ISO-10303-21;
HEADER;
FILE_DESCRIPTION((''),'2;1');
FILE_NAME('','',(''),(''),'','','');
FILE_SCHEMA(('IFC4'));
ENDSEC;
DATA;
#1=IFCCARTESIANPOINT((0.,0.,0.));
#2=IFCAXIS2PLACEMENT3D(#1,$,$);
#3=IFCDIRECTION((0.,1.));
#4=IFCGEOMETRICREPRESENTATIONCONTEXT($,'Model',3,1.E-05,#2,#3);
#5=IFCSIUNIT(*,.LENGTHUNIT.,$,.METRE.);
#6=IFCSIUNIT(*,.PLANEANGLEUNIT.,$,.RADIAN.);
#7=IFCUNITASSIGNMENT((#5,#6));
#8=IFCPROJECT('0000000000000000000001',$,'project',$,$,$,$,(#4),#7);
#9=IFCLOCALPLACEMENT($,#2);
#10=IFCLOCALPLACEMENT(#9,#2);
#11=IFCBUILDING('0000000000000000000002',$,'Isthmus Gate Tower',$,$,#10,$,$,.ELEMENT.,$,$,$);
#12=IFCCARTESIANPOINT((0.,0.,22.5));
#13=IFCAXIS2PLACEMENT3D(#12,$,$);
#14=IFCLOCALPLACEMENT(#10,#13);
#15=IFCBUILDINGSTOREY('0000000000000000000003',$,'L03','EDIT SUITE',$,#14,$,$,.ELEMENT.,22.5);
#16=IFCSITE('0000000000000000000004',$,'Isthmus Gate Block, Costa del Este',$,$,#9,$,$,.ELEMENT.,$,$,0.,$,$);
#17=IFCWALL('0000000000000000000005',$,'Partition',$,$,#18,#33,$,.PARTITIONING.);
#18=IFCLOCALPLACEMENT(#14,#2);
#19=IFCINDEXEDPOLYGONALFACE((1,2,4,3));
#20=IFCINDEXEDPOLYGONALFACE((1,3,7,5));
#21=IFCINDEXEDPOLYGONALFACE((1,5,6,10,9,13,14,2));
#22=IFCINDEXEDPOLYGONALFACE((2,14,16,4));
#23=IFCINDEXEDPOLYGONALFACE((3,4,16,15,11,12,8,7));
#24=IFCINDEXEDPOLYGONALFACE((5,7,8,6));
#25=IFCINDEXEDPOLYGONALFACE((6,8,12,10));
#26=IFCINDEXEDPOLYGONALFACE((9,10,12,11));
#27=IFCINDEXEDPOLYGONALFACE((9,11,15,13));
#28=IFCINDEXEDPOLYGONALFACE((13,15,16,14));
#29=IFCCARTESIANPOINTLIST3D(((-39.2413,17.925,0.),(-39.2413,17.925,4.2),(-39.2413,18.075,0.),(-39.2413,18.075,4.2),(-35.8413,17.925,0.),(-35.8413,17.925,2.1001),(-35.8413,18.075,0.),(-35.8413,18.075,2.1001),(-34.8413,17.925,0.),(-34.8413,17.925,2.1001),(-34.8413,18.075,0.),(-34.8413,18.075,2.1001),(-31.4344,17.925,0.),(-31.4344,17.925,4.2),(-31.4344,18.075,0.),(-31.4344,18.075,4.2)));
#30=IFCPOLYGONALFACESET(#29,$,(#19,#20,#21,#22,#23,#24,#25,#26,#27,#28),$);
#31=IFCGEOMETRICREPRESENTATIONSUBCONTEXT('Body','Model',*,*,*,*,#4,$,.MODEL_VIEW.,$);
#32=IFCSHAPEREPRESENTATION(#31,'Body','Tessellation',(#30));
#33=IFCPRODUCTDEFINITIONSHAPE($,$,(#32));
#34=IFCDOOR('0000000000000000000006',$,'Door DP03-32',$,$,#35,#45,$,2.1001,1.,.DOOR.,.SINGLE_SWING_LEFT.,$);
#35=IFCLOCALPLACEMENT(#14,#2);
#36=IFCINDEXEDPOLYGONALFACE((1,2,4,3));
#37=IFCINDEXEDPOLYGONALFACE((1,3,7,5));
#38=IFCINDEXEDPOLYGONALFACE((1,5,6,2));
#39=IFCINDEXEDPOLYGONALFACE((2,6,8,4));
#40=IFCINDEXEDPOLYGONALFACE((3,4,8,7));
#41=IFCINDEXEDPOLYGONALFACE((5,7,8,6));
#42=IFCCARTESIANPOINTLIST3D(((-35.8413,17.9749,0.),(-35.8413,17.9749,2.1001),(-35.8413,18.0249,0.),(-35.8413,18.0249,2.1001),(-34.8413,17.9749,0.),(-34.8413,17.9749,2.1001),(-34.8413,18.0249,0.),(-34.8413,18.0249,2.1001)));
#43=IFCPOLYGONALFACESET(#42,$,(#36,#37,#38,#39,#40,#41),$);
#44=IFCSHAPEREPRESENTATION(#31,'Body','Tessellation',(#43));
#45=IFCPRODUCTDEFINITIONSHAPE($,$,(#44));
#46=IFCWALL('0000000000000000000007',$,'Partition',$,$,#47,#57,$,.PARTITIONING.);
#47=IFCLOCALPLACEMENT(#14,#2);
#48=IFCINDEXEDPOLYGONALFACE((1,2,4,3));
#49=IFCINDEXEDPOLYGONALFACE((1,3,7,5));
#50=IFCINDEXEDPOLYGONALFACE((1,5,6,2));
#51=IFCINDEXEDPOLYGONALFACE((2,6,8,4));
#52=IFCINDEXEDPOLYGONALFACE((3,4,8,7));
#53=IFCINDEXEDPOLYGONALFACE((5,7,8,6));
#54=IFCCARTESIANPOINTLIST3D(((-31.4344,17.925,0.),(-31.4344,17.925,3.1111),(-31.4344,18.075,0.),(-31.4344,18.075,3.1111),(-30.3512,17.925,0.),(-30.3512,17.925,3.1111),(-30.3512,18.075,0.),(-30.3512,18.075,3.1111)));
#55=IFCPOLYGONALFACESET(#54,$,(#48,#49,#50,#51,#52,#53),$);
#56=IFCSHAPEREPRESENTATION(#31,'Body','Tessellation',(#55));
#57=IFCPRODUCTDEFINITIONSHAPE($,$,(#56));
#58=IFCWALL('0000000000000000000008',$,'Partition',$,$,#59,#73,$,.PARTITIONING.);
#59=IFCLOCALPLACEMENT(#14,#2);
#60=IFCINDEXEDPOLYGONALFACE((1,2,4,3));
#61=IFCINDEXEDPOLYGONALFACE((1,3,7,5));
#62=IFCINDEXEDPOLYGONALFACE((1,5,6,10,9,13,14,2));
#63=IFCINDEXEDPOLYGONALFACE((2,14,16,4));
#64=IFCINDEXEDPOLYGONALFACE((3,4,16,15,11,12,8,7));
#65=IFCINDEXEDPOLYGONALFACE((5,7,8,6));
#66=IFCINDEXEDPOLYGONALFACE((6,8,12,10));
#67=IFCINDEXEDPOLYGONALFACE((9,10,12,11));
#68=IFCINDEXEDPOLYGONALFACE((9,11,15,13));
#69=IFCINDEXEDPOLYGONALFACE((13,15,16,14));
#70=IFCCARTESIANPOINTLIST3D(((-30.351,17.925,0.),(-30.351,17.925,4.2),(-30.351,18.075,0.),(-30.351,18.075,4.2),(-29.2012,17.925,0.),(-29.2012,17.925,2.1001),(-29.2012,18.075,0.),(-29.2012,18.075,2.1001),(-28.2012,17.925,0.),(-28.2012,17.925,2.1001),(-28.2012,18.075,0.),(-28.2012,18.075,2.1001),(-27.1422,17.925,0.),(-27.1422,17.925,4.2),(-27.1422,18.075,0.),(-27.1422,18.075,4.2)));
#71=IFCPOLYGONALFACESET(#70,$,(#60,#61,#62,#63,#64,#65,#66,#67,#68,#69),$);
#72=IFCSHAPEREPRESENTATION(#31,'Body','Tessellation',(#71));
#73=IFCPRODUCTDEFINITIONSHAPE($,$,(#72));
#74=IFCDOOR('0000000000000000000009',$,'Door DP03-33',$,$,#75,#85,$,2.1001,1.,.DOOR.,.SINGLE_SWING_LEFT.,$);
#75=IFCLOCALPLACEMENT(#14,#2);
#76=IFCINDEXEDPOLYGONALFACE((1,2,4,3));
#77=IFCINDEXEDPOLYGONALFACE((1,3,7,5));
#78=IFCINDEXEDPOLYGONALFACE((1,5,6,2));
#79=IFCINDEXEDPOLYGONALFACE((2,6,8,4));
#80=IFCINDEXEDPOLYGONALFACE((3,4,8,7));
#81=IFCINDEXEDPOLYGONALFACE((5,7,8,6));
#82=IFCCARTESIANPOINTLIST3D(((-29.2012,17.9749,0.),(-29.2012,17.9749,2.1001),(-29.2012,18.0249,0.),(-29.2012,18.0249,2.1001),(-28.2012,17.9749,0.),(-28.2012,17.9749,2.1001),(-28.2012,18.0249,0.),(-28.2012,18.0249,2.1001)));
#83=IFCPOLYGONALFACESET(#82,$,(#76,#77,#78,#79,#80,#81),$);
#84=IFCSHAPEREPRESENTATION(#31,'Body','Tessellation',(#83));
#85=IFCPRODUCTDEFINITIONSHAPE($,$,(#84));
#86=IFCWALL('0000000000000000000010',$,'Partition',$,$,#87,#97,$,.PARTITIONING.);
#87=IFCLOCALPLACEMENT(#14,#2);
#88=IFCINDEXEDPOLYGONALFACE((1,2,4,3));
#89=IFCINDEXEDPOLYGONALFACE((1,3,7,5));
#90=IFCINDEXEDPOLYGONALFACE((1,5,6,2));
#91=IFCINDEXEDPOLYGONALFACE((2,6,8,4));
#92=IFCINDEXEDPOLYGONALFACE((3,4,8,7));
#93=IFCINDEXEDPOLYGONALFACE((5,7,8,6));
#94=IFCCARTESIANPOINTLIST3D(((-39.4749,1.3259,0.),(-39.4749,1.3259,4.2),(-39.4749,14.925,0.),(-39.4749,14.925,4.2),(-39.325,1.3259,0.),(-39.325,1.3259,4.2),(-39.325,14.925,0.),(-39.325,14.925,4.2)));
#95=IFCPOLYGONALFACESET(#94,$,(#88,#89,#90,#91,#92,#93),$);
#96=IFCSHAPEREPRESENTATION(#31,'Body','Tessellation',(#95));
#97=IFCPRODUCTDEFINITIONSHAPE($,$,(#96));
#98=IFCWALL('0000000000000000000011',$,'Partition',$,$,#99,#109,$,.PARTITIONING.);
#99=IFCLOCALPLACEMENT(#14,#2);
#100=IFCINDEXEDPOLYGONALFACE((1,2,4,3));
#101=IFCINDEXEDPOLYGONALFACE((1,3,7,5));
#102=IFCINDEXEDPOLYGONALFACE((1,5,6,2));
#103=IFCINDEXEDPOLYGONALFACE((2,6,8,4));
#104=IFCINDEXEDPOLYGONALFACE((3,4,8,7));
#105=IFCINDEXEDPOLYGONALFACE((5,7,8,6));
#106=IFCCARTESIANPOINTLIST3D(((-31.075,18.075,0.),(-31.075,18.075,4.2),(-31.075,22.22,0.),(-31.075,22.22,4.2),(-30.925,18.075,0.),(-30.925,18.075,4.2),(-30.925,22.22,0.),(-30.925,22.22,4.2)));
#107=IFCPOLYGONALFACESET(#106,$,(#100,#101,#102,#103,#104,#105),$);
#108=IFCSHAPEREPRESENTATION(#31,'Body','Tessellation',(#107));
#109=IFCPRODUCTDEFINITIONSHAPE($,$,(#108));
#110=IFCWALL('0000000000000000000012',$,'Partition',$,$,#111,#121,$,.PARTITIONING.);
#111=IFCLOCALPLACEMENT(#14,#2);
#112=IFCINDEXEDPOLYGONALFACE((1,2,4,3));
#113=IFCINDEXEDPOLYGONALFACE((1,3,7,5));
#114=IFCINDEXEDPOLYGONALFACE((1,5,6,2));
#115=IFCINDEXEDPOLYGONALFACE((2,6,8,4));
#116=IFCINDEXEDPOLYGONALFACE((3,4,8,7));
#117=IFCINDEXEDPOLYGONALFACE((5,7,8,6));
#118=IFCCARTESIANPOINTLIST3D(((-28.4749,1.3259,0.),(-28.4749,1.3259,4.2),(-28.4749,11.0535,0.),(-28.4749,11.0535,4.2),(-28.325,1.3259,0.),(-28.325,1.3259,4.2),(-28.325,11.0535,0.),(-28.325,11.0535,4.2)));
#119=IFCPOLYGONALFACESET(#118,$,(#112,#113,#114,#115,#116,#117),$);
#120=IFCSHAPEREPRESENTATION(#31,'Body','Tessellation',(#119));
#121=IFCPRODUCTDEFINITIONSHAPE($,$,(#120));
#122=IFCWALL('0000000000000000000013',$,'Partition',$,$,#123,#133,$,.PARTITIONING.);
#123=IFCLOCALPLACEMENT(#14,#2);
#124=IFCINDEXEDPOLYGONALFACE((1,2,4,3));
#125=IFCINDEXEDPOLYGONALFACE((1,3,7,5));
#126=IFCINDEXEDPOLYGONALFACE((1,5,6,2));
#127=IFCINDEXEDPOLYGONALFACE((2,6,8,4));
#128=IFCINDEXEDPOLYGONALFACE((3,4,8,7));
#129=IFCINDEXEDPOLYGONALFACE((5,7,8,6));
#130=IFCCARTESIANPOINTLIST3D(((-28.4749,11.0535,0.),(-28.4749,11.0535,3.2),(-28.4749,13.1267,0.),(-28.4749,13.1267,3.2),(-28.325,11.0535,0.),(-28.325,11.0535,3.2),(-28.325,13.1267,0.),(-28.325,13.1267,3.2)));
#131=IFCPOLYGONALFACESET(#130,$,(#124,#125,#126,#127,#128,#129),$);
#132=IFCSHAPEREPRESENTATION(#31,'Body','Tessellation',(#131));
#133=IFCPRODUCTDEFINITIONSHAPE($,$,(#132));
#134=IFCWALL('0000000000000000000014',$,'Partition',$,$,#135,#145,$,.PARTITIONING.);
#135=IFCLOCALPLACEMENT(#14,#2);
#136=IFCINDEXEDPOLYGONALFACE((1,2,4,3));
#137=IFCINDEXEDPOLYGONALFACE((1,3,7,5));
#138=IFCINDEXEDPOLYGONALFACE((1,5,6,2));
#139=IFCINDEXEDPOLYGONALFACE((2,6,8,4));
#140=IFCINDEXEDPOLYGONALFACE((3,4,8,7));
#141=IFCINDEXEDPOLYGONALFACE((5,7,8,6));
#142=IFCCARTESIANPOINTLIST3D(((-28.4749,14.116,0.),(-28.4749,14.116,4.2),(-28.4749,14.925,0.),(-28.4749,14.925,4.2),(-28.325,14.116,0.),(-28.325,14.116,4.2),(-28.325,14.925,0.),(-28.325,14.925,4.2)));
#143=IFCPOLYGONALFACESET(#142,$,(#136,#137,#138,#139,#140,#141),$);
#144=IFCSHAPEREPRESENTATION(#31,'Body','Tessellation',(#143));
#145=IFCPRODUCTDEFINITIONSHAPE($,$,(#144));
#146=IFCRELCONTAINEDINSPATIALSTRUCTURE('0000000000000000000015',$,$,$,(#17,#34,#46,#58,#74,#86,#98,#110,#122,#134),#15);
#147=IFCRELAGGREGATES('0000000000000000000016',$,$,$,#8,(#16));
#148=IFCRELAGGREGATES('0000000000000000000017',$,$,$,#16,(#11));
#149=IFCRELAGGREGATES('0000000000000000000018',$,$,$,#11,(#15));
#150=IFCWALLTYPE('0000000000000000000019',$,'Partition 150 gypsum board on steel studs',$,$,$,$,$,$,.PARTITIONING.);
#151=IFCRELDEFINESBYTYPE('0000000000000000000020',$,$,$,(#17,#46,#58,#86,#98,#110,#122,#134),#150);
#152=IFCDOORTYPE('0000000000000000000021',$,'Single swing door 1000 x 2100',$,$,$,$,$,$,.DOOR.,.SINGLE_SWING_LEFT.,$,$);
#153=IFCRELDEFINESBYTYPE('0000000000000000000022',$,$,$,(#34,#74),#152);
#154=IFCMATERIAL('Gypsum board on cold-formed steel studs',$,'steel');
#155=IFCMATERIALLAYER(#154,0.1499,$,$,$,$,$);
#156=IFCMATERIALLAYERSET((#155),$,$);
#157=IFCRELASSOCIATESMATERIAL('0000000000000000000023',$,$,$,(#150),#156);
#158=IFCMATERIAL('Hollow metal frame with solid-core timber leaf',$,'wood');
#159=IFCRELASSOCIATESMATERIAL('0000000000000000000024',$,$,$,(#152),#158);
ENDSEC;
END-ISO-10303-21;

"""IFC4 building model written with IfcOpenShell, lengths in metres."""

from ifc_helpers import new_model, si_unit, direction, frame, frame_2d, origin, place, context, subcontext, project, spatial, rectangle, extrude, material, layer, layer_set, type_object, element, fill, save


model = new_model("IFC4")

# Units and contexts
model_context = context("Model", 3, precision=1e-05, world=origin(), true_north=direction((0.0, 1.0)))
body_context = subcontext(model_context, "Body", "Model", "MODEL_VIEW")
ifc_project = project(units=[si_unit("LENGTHUNIT", "METRE"), si_unit("PLANEANGLEUNIT", "RADIAN")], contexts=[model_context])

# Site, building, storey
site_placement = place(None, origin())
site = spatial("IfcSite", under=ifc_project, at=site_placement, Name="Isthmus Gate Block, Costa del Este", CompositionType="ELEMENT", RefElevation=0.0)
building_placement = place(site_placement, origin())
building = spatial("IfcBuilding", under=site, at=building_placement, Name="Isthmus Gate Tower", CompositionType="ELEMENT")
storey_placement = place(building_placement, frame((0.0, 0.0, 22.5)))
storey = spatial("IfcBuildingStorey", under=building, at=storey_placement, Name="L03", Description="EDIT SUITE", CompositionType="ELEMENT", Elevation=22.5)

# Shared definitions
ifc_material_1 = material(Name="Gypsum board on cold-formed steel studs", Category="steel")
ifc_layer = layer(ifc_material_1, 0.1499)
ifc_layer_set = layer_set([ifc_layer])
wall_type = type_object("IfcWallType", Name="Partition 150 gypsum board on steel studs", PredefinedType="PARTITIONING", material=ifc_layer_set)

# Shared definitions
ifc_material_2 = material(Name="Hollow metal frame with solid-core timber leaf", Category="wood")
door_type_1 = type_object("IfcDoorType", Name="Single swing door 1000 x 2100", OperationType="SINGLE_SWING_LEFT", PredefinedType="DOOR", material=ifc_material_2)

# Wall, opening, door
wall_1_placement = place(storey_placement, frame((-39.2412, 18.0, 0.0), z_axis=(0.0, 0.0, 1.0), x_axis=(1.0, 0.0, 0.0)))
wall_1 = element("IfcWall", 1, at=wall_1_placement, inside=storey, type_object=wall_type, Name="Partition", PredefinedType="PARTITIONING", context=body_context, shape_type="SweptSolid", body=[
    extrude(rectangle(XDim=7.8069, YDim=0.1499, at=frame_2d((3.9033, 0.0))), origin(), (0.0, 0.0, 1.0), 4.2),
])
opening_1_placement = place(wall_1_placement, frame((3.3999, 0.0, 0.0)))
opening_1 = element("IfcOpeningElement", 2, at=opening_1_placement, cuts=wall_1, PredefinedType="OPENING", context=body_context, shape_type="SweptSolid", body=[
    extrude(rectangle(XDim=1.0, YDim=2.1001, at=frame_2d((0.5, 1.05))), frame((0.0, 0.085, 0.0), z_axis=(0.0, -1.0, 0.0), x_axis=(1.0, 0.0, 0.0)), (0.0, 0.0, 1.0), 0.1699),
])
door_1_placement = place(opening_1_placement, origin())
door_1 = element("IfcDoor", 3, at=door_1_placement, inside=storey, type_object=door_type_1, Name="Door DP03-32", OperationType="SINGLE_SWING_LEFT", OverallHeight=2.1001, OverallWidth=1.0, PredefinedType="DOOR", context=body_context, shape_type="SweptSolid", body=[
    extrude(rectangle(XDim=1.0, YDim=2.1001, at=frame_2d((0.5, 1.05))), frame((0.0, 0.0249, 0.0), z_axis=(0.0, -1.0, 0.0), x_axis=(1.0, 0.0, 0.0)), (0.0, 0.0, 1.0), 0.05),
])
fill(opening_1, door_1)

# Wall
wall_2_placement = place(storey_placement, frame((-31.4343, 18.0, 0.0), z_axis=(0.0, 0.0, 1.0), x_axis=(1.0, 0.0, 0.0)))
element("IfcWall", 4, at=wall_2_placement, inside=storey, type_object=wall_type, Name="Partition", PredefinedType="PARTITIONING", context=body_context, shape_type="SweptSolid", body=[
    extrude(rectangle(XDim=1.0833, YDim=0.1499, at=frame_2d((0.5415, 0.0))), origin(), (0.0, 0.0, 1.0), 3.1111),
])

# Wall, opening, door
wall_3_placement = place(storey_placement, frame((-30.3511, 18.0, 0.0), z_axis=(0.0, 0.0, 1.0), x_axis=(1.0, 0.0, 0.0)))
wall_3 = element("IfcWall", 5, at=wall_3_placement, inside=storey, type_object=wall_type, Name="Partition", PredefinedType="PARTITIONING", context=body_context, shape_type="SweptSolid", body=[
    extrude(rectangle(XDim=3.2087, YDim=0.1499, at=frame_2d((1.6045, 0.0))), origin(), (0.0, 0.0, 1.0), 4.2),
])
opening_2_placement = place(wall_3_placement, frame((1.1499, 0.0, 0.0)))
opening_2 = element("IfcOpeningElement", 6, at=opening_2_placement, cuts=wall_3, PredefinedType="OPENING", context=body_context, shape_type="SweptSolid", body=[
    extrude(rectangle(XDim=1.0, YDim=2.1001, at=frame_2d((0.5, 1.05))), frame((0.0, 0.085, 0.0), z_axis=(0.0, -1.0, 0.0), x_axis=(1.0, 0.0, 0.0)), (0.0, 0.0, 1.0), 0.1699),
])
door_2_placement = place(opening_2_placement, origin())
door_2 = element("IfcDoor", 7, at=door_2_placement, inside=storey, type_object=door_type_1, Name="Door DP03-33", OperationType="SINGLE_SWING_LEFT", OverallHeight=2.1001, OverallWidth=1.0, PredefinedType="DOOR", context=body_context, shape_type="SweptSolid", body=[
    extrude(rectangle(XDim=1.0, YDim=2.1001, at=frame_2d((0.5, 1.05))), frame((0.0, 0.0249, 0.0), z_axis=(0.0, -1.0, 0.0), x_axis=(1.0, 0.0, 0.0)), (0.0, 0.0, 1.0), 0.05),
])
fill(opening_2, door_2)

# Walls
wall_4_placement = place(storey_placement, frame((-39.3999, 1.3259, 0.0), z_axis=(0.0, 0.0, 1.0), x_axis=(0.0, 1.0, 0.0)))
element("IfcWall", 8, at=wall_4_placement, inside=storey, type_object=wall_type, Name="Partition", PredefinedType="PARTITIONING", context=body_context, shape_type="SweptSolid", body=[
    extrude(rectangle(XDim=13.5991, YDim=0.1499, at=frame_2d((6.7996, 0.0))), origin(), (0.0, 0.0, 1.0), 4.2),
])
wall_5_placement = place(storey_placement, frame((-31.0, 18.075, 0.0), z_axis=(0.0, 0.0, 1.0), x_axis=(0.0, 1.0, 0.0)))
element("IfcWall", 9, at=wall_5_placement, inside=storey, type_object=wall_type, Name="Partition", PredefinedType="PARTITIONING", context=body_context, shape_type="SweptSolid", body=[
    extrude(rectangle(XDim=4.145, YDim=0.1499, at=frame_2d((2.0725, 0.0))), origin(), (0.0, 0.0, 1.0), 4.2),
])
wall_6_placement = place(storey_placement, frame((-28.3999, 1.3259, 0.0), z_axis=(0.0, 0.0, 1.0), x_axis=(0.0, 1.0, 0.0)))
element("IfcWall", 10, at=wall_6_placement, inside=storey, type_object=wall_type, Name="Partition", PredefinedType="PARTITIONING", context=body_context, shape_type="SweptSolid", body=[
    extrude(rectangle(XDim=9.7275, YDim=0.1499, at=frame_2d((4.8638, 0.0))), origin(), (0.0, 0.0, 1.0), 4.2),
])
wall_7_placement = place(storey_placement, frame((-28.3999, 11.0535, 0.0), z_axis=(0.0, 0.0, 1.0), x_axis=(0.0, 1.0, 0.0)))
element("IfcWall", 11, at=wall_7_placement, inside=storey, type_object=wall_type, Name="Partition", PredefinedType="PARTITIONING", context=body_context, shape_type="SweptSolid", body=[
    extrude(rectangle(XDim=2.0732, YDim=0.1499, at=frame_2d((1.0366, 0.0))), origin(), (0.0, 0.0, 1.0), 3.2),
])
wall_8_placement = place(storey_placement, frame((-28.3999, 14.116, 0.0), z_axis=(0.0, 0.0, 1.0), x_axis=(0.0, 1.0, 0.0)))
element("IfcWall", 12, at=wall_8_placement, inside=storey, type_object=wall_type, Name="Partition", PredefinedType="PARTITIONING", context=body_context, shape_type="SweptSolid", body=[
    extrude(rectangle(XDim=0.8091, YDim=0.1499, at=frame_2d((0.4045, 0.0))), origin(), (0.0, 0.0, 1.0), 4.2),
])

save(model, "model.ifc")
